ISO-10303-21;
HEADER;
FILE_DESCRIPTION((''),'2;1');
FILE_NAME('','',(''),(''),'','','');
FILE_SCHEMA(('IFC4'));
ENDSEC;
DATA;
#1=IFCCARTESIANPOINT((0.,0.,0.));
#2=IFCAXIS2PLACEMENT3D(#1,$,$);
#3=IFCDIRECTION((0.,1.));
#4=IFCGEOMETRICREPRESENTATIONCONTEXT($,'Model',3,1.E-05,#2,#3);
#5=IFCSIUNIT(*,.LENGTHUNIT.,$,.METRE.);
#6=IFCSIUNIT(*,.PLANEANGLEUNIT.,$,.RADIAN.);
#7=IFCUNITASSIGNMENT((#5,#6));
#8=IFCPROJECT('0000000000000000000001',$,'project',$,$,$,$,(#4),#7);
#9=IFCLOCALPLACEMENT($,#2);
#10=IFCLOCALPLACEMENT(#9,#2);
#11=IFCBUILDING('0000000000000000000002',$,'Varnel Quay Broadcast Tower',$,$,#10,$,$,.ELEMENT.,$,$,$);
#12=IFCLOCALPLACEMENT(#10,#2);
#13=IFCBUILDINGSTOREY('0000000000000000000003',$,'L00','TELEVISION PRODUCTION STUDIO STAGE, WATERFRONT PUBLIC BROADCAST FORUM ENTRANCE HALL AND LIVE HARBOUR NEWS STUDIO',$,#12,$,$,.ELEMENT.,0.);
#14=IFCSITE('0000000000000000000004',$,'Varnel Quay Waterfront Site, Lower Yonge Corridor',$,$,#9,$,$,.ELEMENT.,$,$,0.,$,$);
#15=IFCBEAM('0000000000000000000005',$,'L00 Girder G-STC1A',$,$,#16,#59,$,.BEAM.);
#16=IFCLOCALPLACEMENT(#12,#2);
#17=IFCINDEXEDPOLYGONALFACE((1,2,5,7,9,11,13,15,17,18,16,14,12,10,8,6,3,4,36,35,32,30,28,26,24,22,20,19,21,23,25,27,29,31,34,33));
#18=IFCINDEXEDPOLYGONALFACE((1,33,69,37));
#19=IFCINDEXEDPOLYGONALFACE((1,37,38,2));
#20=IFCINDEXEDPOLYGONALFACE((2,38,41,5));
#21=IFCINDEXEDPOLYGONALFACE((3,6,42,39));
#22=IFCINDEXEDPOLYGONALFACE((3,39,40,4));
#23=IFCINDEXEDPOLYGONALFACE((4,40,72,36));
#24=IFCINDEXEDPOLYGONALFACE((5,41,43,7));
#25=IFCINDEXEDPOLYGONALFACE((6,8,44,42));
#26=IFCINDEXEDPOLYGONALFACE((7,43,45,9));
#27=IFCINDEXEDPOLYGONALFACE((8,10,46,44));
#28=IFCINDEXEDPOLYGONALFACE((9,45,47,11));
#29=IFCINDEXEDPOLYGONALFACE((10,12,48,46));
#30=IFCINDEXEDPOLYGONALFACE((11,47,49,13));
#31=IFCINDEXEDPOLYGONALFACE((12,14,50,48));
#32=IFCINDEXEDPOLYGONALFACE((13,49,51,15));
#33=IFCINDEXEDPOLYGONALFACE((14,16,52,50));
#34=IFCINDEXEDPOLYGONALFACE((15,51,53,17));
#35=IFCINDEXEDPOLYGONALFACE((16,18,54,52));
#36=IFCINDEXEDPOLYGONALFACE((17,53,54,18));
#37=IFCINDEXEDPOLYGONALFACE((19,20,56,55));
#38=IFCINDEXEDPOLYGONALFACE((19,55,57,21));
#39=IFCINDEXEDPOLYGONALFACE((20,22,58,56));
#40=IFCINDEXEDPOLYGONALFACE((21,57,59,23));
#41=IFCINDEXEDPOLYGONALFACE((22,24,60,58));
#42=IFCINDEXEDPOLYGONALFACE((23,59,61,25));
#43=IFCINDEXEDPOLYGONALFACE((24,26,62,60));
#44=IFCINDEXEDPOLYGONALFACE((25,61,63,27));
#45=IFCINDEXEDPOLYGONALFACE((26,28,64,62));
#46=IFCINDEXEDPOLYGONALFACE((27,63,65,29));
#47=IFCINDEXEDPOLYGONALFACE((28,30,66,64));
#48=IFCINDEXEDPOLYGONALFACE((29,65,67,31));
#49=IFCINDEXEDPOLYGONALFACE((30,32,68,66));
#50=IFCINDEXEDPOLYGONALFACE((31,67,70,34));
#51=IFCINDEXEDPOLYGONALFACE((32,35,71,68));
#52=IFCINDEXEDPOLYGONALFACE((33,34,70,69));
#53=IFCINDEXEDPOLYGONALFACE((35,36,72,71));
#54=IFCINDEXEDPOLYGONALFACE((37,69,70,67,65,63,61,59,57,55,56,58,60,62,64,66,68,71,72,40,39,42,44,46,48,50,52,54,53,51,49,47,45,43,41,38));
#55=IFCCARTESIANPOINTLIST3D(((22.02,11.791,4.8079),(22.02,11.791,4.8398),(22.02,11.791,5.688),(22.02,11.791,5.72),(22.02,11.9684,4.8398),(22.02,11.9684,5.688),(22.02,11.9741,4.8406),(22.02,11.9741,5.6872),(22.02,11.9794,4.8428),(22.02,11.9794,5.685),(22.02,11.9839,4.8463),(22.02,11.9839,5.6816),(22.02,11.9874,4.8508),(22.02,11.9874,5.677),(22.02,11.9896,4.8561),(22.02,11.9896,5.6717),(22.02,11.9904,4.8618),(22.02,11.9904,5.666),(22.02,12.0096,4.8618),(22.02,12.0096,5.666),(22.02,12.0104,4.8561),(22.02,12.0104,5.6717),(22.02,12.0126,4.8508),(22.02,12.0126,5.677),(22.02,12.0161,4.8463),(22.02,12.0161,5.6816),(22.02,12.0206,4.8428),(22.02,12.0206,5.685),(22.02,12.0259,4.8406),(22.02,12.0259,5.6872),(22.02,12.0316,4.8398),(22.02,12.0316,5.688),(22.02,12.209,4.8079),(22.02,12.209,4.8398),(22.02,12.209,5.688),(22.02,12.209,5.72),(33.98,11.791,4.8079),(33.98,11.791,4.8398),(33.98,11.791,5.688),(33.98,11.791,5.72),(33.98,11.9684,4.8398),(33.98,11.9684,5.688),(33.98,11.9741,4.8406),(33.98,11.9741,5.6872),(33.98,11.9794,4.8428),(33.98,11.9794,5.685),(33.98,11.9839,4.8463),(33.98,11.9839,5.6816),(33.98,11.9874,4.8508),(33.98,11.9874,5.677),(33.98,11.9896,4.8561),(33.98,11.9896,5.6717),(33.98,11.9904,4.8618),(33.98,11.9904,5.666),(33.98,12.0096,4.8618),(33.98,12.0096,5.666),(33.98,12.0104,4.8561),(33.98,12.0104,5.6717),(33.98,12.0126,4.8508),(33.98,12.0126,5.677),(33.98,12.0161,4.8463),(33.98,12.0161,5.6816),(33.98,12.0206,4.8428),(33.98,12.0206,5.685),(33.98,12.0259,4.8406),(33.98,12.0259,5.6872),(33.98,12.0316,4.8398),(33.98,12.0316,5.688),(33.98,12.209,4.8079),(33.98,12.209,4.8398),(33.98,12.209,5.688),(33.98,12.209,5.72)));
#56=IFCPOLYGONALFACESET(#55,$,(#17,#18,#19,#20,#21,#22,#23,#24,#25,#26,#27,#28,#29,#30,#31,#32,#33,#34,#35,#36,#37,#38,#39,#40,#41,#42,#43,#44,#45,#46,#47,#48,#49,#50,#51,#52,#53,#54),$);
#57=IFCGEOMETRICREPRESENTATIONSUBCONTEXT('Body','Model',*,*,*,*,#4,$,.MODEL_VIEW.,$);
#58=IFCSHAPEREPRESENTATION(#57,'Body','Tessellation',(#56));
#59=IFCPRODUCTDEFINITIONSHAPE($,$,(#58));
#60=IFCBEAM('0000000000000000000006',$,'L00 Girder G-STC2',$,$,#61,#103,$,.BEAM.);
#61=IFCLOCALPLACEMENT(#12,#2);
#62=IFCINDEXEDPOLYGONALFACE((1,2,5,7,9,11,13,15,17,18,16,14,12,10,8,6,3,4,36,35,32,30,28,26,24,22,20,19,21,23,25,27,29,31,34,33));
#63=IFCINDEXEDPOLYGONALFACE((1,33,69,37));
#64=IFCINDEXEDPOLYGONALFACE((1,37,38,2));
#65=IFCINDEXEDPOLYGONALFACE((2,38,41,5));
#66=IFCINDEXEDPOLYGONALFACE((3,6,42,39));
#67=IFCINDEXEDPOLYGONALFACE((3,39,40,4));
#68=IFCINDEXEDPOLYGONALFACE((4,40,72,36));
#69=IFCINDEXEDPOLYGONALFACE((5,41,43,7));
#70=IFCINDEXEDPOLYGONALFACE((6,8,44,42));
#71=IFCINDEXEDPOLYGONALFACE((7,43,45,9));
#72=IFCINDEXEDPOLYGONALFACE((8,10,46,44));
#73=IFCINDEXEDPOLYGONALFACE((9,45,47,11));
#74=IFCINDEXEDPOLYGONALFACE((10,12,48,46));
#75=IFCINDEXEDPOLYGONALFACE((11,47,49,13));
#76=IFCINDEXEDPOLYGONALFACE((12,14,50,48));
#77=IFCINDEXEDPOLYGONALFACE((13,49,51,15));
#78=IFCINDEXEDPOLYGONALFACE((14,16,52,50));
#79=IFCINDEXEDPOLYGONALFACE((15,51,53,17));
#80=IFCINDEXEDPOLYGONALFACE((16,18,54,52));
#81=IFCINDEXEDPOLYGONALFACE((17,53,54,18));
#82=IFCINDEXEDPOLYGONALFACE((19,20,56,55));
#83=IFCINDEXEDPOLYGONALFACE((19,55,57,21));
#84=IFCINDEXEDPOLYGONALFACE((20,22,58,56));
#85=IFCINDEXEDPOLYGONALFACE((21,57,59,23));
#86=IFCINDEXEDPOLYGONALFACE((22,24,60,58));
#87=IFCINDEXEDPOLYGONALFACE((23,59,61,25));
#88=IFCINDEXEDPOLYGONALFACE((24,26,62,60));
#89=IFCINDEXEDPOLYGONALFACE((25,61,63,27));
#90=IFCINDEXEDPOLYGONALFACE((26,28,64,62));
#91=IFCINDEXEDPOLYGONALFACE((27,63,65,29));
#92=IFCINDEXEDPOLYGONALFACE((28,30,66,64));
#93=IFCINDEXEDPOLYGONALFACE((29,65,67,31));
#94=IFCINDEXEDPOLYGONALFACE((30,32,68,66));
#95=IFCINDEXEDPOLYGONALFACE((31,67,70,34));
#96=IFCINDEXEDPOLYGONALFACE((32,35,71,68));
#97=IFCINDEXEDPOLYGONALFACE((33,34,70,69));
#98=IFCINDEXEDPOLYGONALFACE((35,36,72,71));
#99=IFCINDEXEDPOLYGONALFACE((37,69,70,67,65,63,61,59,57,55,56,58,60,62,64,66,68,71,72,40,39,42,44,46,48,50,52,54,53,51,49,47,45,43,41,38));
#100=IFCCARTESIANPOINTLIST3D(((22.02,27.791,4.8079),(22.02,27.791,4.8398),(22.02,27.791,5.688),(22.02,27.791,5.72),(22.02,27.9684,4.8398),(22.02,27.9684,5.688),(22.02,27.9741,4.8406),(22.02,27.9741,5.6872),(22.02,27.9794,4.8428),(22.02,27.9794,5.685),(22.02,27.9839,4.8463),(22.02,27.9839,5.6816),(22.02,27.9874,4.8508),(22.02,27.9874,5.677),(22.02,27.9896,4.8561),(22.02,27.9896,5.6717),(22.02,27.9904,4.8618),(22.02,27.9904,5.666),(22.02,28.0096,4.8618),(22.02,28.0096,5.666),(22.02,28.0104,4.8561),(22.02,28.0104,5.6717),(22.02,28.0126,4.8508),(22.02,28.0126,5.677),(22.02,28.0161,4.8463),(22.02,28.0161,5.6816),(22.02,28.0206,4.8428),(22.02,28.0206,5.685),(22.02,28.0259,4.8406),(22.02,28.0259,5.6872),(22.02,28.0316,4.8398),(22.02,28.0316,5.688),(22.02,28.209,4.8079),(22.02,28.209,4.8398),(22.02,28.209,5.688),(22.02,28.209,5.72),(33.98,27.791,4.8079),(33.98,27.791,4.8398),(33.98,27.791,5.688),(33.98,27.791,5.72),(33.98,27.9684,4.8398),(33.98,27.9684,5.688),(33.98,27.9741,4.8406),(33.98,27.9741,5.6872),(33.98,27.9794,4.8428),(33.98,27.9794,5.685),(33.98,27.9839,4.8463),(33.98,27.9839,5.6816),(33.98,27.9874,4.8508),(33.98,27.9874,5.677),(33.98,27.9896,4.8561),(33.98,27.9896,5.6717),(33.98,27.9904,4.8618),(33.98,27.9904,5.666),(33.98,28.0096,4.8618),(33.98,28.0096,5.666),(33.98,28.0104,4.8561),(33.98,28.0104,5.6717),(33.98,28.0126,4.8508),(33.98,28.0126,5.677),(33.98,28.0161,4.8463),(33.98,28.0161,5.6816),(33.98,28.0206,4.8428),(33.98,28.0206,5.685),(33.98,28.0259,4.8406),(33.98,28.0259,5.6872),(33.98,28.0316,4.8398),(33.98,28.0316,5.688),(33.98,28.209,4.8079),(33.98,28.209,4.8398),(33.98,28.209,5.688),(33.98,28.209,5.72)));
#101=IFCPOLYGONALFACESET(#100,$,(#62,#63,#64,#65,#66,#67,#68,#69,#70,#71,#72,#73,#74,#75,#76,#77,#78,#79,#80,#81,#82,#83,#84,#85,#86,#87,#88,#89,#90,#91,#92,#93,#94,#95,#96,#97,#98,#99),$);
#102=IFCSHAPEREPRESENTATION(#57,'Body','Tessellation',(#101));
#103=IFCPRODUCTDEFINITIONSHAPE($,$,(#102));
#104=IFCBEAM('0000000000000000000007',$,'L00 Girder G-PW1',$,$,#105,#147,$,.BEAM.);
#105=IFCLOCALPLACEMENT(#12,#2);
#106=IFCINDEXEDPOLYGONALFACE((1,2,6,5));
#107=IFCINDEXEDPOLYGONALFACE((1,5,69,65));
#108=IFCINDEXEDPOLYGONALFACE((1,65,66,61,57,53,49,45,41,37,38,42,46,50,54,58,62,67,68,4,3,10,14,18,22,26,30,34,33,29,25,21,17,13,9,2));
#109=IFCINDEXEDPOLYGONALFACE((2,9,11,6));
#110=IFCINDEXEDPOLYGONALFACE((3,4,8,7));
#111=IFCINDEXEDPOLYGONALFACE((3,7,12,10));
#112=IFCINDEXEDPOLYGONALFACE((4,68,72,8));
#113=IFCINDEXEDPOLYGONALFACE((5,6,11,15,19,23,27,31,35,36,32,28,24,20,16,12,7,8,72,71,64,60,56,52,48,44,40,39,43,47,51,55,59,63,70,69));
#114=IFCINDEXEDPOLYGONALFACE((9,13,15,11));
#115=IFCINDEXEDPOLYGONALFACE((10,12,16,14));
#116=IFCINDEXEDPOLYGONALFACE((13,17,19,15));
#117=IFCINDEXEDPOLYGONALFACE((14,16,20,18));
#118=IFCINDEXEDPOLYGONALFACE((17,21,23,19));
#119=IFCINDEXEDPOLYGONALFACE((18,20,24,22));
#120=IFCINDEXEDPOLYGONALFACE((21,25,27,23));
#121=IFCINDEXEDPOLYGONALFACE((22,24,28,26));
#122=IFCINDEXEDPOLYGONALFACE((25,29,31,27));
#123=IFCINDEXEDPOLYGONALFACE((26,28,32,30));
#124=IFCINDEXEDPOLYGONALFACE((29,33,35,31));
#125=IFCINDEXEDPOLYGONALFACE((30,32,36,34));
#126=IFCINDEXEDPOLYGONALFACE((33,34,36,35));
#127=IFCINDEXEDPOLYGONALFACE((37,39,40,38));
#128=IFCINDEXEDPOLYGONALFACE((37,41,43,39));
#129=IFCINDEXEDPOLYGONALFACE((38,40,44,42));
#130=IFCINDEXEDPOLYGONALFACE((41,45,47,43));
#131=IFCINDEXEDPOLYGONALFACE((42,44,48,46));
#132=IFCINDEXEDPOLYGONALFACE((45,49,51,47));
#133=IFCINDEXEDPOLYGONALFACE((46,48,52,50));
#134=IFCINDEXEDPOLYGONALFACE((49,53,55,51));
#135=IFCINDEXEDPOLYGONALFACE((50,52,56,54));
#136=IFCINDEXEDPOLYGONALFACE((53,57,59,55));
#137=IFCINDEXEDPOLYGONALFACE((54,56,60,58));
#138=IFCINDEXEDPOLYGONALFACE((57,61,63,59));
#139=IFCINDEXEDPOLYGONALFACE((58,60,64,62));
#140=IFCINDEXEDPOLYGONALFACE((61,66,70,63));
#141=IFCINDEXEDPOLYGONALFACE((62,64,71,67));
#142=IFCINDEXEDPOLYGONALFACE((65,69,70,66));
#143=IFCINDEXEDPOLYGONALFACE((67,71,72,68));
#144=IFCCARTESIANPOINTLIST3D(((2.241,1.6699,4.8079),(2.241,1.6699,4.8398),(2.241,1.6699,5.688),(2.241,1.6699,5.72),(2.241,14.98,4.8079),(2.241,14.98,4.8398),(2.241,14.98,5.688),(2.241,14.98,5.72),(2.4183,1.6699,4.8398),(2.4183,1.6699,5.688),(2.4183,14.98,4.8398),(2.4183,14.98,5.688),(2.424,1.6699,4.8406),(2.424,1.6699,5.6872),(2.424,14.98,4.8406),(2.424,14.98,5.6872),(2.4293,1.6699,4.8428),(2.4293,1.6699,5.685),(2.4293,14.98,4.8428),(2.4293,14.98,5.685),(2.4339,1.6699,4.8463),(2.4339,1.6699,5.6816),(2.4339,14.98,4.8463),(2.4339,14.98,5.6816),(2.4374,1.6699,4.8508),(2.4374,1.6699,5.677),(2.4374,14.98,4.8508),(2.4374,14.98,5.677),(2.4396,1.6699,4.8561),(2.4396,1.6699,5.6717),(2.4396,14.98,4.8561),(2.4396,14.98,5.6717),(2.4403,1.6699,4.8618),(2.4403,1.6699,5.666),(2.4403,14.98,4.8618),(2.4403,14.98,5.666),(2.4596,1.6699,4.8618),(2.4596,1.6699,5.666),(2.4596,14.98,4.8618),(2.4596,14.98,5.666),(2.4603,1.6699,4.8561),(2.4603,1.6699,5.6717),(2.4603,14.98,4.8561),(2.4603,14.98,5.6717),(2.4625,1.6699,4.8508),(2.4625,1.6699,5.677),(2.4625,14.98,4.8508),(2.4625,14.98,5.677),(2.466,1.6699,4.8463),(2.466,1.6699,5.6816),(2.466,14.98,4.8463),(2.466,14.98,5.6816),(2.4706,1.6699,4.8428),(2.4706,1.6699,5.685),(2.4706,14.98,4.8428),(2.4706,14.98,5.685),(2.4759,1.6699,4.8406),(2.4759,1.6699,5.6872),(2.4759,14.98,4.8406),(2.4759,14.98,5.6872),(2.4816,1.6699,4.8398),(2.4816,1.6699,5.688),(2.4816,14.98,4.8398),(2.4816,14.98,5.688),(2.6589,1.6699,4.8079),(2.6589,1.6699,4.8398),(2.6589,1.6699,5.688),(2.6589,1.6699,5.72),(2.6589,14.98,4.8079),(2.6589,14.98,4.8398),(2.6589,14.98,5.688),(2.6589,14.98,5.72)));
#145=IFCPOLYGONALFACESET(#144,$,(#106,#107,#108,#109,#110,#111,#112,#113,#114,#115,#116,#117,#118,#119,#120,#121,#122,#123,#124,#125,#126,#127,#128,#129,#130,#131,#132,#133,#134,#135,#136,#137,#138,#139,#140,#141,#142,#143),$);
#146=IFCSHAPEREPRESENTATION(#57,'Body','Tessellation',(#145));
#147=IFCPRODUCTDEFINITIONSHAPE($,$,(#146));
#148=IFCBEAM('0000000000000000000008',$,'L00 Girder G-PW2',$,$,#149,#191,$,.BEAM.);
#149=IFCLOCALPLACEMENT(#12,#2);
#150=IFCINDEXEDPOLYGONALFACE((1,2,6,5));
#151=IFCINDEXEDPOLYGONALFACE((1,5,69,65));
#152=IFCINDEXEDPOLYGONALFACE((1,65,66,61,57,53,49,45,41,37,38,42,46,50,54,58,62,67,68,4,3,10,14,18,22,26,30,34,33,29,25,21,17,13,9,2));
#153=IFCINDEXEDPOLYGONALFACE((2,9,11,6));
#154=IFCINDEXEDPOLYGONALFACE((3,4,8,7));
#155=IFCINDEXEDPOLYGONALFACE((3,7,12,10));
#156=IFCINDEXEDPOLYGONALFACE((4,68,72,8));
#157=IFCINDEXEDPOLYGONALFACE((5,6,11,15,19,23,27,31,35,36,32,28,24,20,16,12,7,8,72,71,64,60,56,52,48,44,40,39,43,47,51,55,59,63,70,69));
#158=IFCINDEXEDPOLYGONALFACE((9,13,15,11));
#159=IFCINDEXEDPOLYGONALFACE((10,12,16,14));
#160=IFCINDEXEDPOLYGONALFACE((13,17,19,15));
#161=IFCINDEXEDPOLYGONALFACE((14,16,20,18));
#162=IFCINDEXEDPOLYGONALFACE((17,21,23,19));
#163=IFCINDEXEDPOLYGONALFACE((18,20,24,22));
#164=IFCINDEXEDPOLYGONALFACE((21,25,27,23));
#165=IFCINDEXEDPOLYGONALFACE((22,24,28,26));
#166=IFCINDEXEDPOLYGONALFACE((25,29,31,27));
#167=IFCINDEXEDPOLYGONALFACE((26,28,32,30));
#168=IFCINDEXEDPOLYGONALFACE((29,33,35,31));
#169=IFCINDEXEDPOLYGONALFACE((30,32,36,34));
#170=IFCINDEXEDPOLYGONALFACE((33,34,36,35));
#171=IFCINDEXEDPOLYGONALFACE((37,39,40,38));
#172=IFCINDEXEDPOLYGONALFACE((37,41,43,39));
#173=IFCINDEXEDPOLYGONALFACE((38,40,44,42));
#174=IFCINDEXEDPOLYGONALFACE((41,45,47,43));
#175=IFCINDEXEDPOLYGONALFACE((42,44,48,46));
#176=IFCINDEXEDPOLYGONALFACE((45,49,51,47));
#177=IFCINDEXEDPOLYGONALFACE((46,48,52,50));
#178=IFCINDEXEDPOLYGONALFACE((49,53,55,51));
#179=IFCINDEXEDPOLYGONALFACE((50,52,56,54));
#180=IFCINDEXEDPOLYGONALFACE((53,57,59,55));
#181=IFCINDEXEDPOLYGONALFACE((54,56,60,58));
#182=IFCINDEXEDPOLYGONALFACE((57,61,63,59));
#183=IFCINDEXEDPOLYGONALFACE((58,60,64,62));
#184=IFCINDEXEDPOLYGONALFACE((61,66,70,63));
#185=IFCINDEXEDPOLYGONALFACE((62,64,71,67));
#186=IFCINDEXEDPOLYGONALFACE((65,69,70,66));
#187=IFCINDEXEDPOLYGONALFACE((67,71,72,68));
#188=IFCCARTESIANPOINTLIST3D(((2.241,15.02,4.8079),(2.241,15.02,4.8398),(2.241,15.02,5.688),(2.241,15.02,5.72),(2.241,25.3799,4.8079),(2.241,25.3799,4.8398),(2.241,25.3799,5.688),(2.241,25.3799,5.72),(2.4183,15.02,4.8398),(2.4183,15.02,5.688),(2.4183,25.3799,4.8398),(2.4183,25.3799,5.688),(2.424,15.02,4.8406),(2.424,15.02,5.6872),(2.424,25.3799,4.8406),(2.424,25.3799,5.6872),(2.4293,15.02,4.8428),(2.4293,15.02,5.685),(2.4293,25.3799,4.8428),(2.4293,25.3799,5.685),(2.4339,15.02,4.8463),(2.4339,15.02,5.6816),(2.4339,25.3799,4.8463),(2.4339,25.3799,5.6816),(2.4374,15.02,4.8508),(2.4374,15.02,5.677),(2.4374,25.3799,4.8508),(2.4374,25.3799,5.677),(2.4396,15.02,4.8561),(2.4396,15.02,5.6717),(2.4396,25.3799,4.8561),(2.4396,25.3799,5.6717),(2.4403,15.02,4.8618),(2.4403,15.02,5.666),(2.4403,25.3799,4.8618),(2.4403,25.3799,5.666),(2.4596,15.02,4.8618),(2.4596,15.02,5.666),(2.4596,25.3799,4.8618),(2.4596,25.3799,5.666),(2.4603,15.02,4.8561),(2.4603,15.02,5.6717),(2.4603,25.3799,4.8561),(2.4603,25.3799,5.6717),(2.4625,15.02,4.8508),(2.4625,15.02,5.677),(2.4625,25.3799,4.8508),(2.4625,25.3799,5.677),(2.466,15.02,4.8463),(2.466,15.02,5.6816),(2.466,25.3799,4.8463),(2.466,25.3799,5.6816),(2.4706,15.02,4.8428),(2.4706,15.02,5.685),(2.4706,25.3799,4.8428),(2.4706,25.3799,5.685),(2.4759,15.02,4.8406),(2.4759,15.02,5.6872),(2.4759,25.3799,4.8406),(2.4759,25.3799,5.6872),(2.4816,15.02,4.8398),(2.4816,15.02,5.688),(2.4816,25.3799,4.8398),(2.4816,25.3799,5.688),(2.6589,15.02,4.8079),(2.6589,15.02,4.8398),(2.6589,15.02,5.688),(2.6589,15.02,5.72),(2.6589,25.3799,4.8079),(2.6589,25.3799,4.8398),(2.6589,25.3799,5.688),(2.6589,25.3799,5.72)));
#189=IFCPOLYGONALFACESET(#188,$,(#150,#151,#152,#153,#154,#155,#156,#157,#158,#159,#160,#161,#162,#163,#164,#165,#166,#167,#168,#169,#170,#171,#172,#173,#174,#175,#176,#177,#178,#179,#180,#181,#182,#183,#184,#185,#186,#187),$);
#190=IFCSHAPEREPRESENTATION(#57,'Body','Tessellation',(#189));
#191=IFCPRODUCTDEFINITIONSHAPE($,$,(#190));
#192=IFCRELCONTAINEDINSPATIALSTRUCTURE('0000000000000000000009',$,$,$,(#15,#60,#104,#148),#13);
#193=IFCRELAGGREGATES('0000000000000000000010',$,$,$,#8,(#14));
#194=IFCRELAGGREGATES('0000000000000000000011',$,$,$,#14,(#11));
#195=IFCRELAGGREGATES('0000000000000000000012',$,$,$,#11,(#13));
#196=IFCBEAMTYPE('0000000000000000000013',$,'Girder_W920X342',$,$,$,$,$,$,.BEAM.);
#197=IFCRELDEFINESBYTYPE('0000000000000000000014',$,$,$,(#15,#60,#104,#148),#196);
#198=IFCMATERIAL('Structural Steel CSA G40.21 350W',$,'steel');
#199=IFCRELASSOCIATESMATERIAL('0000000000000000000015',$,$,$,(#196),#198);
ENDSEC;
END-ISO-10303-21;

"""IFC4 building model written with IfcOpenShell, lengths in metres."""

from ifc_helpers import new_model, si_unit, direction, frame, origin, origin_2d, place, context, subcontext, project, spatial, i_section, extrude, source, transform, mapped, material, material_profile, profile_set, type_object, element, save


model = new_model("IFC4")

# Units and contexts
model_context = context("Model", 3, precision=1e-05, world=origin(), true_north=direction((0.0, 1.0)))
body_context = subcontext(model_context, "Body", "Model", "MODEL_VIEW")
ifc_project = project(units=[si_unit("LENGTHUNIT", "METRE"), si_unit("PLANEANGLEUNIT", "RADIAN")], contexts=[model_context])

# Site, building, storey
site_placement = place(None, origin())
site = spatial("IfcSite", under=ifc_project, at=site_placement, Name="Varnel Quay Waterfront Site, Lower Yonge Corridor", CompositionType="ELEMENT", RefElevation=0.0)
building_placement = place(site_placement, origin())
building = spatial("IfcBuilding", under=site, at=building_placement, Name="Varnel Quay Broadcast Tower", CompositionType="ELEMENT")
storey_placement = place(building_placement, origin())
storey = spatial("IfcBuildingStorey", under=building, at=storey_placement, Name="L00", Description="TELEVISION PRODUCTION STUDIO STAGE, WATERFRONT PUBLIC BROADCAST FORUM ENTRANCE HALL AND LIVE HARBOUR NEWS STUDIO", CompositionType="ELEMENT", Elevation=0.0)

# Shared definitions
ifc_material_1 = material(Name="Structural Steel CSA G40.21 350W", Category="steel")

# Beams
ifc_material_profile_1 = material_profile(ifc_material_1, i_section(OverallWidth=0.418, OverallDepth=0.9121, WebThickness=0.0193, FlangeThickness=0.032, FilletRadius=0.022, at=origin_2d()), Name="W920X342")
ifc_profile_set_1 = profile_set([ifc_material_profile_1], Name="Structural Steel CSA G40.21 350W")
beam_type = type_object("IfcBeamType", Name="Girder_W920X342", PredefinedType="BEAM", material=ifc_profile_set_1)
shared_shape_1 = source(origin(), body_context, "Body", "SweptSolid", [
    extrude(i_section(OverallWidth=0.418, OverallDepth=0.9121, WebThickness=0.0193, FlangeThickness=0.032, FilletRadius=0.022, at=origin_2d()), origin(), (0.0, 0.0, 1.0), 11.96),
])
for number, where, z_axis, x_axis, name in (
    (1, (22.02, 12.0, 5.2639), (1.0, 0.0, 0.0), (0.0, 1.0, 0.0), "L00 Girder G-STC1A"),
    (2, (22.02, 28.0, 5.2639), (1.0, 0.0, 0.0), (0.0, 1.0, 0.0), "L00 Girder G-STC2"),
):
    element("IfcBeam", number, at=place(storey_placement, frame(where, z_axis=z_axis, x_axis=x_axis)), inside=storey, type_object=beam_type, Name=name, PredefinedType="BEAM", context=body_context, shape_type="MappedRepresentation", body=[
        mapped(shared_shape_1, transform((0.0, 0.0, 0.0), x_axis=(1.0, 0.0, 0.0), y_axis=(0.0, 1.0, 0.0), z_axis=(0.0, 0.0, 1.0), scale=1.0)),
    ])
shared_shape_2 = source(origin(), body_context, "Body", "SweptSolid", [
    extrude(i_section(OverallWidth=0.418, OverallDepth=0.9121, WebThickness=0.0193, FlangeThickness=0.032, FilletRadius=0.022, at=origin_2d()), origin(), (0.0, 0.0, 1.0), 13.3101),
])
beam_1_placement = place(storey_placement, frame((2.45, 1.6699, 5.2639), z_axis=(0.0, 1.0, 0.0), x_axis=(-1.0, 0.0, 0.0)))
element("IfcBeam", 3, at=beam_1_placement, inside=storey, type_object=beam_type, Name="L00 Girder G-PW1", PredefinedType="BEAM", context=body_context, shape_type="MappedRepresentation", body=[
    mapped(shared_shape_2, transform((0.0, 0.0, 0.0), x_axis=(1.0, 0.0, 0.0), y_axis=(0.0, 1.0, 0.0), z_axis=(0.0, 0.0, 1.0), scale=1.0)),
])
shared_shape_3 = source(origin(), body_context, "Body", "SweptSolid", [
    extrude(i_section(OverallWidth=0.418, OverallDepth=0.9121, WebThickness=0.0193, FlangeThickness=0.032, FilletRadius=0.022, at=origin_2d()), origin(), (0.0, 0.0, 1.0), 10.3599),
])
beam_2_placement = place(storey_placement, frame((2.45, 15.02, 5.2639), z_axis=(0.0, 1.0, 0.0), x_axis=(-1.0, 0.0, 0.0)))
element("IfcBeam", 4, at=beam_2_placement, inside=storey, type_object=beam_type, Name="L00 Girder G-PW2", PredefinedType="BEAM", context=body_context, shape_type="MappedRepresentation", body=[
    mapped(shared_shape_3, transform((0.0, 0.0, 0.0), x_axis=(1.0, 0.0, 0.0), y_axis=(0.0, 1.0, 0.0), z_axis=(0.0, 0.0, 1.0), scale=1.0)),
])

save(model, "model.ifc")
